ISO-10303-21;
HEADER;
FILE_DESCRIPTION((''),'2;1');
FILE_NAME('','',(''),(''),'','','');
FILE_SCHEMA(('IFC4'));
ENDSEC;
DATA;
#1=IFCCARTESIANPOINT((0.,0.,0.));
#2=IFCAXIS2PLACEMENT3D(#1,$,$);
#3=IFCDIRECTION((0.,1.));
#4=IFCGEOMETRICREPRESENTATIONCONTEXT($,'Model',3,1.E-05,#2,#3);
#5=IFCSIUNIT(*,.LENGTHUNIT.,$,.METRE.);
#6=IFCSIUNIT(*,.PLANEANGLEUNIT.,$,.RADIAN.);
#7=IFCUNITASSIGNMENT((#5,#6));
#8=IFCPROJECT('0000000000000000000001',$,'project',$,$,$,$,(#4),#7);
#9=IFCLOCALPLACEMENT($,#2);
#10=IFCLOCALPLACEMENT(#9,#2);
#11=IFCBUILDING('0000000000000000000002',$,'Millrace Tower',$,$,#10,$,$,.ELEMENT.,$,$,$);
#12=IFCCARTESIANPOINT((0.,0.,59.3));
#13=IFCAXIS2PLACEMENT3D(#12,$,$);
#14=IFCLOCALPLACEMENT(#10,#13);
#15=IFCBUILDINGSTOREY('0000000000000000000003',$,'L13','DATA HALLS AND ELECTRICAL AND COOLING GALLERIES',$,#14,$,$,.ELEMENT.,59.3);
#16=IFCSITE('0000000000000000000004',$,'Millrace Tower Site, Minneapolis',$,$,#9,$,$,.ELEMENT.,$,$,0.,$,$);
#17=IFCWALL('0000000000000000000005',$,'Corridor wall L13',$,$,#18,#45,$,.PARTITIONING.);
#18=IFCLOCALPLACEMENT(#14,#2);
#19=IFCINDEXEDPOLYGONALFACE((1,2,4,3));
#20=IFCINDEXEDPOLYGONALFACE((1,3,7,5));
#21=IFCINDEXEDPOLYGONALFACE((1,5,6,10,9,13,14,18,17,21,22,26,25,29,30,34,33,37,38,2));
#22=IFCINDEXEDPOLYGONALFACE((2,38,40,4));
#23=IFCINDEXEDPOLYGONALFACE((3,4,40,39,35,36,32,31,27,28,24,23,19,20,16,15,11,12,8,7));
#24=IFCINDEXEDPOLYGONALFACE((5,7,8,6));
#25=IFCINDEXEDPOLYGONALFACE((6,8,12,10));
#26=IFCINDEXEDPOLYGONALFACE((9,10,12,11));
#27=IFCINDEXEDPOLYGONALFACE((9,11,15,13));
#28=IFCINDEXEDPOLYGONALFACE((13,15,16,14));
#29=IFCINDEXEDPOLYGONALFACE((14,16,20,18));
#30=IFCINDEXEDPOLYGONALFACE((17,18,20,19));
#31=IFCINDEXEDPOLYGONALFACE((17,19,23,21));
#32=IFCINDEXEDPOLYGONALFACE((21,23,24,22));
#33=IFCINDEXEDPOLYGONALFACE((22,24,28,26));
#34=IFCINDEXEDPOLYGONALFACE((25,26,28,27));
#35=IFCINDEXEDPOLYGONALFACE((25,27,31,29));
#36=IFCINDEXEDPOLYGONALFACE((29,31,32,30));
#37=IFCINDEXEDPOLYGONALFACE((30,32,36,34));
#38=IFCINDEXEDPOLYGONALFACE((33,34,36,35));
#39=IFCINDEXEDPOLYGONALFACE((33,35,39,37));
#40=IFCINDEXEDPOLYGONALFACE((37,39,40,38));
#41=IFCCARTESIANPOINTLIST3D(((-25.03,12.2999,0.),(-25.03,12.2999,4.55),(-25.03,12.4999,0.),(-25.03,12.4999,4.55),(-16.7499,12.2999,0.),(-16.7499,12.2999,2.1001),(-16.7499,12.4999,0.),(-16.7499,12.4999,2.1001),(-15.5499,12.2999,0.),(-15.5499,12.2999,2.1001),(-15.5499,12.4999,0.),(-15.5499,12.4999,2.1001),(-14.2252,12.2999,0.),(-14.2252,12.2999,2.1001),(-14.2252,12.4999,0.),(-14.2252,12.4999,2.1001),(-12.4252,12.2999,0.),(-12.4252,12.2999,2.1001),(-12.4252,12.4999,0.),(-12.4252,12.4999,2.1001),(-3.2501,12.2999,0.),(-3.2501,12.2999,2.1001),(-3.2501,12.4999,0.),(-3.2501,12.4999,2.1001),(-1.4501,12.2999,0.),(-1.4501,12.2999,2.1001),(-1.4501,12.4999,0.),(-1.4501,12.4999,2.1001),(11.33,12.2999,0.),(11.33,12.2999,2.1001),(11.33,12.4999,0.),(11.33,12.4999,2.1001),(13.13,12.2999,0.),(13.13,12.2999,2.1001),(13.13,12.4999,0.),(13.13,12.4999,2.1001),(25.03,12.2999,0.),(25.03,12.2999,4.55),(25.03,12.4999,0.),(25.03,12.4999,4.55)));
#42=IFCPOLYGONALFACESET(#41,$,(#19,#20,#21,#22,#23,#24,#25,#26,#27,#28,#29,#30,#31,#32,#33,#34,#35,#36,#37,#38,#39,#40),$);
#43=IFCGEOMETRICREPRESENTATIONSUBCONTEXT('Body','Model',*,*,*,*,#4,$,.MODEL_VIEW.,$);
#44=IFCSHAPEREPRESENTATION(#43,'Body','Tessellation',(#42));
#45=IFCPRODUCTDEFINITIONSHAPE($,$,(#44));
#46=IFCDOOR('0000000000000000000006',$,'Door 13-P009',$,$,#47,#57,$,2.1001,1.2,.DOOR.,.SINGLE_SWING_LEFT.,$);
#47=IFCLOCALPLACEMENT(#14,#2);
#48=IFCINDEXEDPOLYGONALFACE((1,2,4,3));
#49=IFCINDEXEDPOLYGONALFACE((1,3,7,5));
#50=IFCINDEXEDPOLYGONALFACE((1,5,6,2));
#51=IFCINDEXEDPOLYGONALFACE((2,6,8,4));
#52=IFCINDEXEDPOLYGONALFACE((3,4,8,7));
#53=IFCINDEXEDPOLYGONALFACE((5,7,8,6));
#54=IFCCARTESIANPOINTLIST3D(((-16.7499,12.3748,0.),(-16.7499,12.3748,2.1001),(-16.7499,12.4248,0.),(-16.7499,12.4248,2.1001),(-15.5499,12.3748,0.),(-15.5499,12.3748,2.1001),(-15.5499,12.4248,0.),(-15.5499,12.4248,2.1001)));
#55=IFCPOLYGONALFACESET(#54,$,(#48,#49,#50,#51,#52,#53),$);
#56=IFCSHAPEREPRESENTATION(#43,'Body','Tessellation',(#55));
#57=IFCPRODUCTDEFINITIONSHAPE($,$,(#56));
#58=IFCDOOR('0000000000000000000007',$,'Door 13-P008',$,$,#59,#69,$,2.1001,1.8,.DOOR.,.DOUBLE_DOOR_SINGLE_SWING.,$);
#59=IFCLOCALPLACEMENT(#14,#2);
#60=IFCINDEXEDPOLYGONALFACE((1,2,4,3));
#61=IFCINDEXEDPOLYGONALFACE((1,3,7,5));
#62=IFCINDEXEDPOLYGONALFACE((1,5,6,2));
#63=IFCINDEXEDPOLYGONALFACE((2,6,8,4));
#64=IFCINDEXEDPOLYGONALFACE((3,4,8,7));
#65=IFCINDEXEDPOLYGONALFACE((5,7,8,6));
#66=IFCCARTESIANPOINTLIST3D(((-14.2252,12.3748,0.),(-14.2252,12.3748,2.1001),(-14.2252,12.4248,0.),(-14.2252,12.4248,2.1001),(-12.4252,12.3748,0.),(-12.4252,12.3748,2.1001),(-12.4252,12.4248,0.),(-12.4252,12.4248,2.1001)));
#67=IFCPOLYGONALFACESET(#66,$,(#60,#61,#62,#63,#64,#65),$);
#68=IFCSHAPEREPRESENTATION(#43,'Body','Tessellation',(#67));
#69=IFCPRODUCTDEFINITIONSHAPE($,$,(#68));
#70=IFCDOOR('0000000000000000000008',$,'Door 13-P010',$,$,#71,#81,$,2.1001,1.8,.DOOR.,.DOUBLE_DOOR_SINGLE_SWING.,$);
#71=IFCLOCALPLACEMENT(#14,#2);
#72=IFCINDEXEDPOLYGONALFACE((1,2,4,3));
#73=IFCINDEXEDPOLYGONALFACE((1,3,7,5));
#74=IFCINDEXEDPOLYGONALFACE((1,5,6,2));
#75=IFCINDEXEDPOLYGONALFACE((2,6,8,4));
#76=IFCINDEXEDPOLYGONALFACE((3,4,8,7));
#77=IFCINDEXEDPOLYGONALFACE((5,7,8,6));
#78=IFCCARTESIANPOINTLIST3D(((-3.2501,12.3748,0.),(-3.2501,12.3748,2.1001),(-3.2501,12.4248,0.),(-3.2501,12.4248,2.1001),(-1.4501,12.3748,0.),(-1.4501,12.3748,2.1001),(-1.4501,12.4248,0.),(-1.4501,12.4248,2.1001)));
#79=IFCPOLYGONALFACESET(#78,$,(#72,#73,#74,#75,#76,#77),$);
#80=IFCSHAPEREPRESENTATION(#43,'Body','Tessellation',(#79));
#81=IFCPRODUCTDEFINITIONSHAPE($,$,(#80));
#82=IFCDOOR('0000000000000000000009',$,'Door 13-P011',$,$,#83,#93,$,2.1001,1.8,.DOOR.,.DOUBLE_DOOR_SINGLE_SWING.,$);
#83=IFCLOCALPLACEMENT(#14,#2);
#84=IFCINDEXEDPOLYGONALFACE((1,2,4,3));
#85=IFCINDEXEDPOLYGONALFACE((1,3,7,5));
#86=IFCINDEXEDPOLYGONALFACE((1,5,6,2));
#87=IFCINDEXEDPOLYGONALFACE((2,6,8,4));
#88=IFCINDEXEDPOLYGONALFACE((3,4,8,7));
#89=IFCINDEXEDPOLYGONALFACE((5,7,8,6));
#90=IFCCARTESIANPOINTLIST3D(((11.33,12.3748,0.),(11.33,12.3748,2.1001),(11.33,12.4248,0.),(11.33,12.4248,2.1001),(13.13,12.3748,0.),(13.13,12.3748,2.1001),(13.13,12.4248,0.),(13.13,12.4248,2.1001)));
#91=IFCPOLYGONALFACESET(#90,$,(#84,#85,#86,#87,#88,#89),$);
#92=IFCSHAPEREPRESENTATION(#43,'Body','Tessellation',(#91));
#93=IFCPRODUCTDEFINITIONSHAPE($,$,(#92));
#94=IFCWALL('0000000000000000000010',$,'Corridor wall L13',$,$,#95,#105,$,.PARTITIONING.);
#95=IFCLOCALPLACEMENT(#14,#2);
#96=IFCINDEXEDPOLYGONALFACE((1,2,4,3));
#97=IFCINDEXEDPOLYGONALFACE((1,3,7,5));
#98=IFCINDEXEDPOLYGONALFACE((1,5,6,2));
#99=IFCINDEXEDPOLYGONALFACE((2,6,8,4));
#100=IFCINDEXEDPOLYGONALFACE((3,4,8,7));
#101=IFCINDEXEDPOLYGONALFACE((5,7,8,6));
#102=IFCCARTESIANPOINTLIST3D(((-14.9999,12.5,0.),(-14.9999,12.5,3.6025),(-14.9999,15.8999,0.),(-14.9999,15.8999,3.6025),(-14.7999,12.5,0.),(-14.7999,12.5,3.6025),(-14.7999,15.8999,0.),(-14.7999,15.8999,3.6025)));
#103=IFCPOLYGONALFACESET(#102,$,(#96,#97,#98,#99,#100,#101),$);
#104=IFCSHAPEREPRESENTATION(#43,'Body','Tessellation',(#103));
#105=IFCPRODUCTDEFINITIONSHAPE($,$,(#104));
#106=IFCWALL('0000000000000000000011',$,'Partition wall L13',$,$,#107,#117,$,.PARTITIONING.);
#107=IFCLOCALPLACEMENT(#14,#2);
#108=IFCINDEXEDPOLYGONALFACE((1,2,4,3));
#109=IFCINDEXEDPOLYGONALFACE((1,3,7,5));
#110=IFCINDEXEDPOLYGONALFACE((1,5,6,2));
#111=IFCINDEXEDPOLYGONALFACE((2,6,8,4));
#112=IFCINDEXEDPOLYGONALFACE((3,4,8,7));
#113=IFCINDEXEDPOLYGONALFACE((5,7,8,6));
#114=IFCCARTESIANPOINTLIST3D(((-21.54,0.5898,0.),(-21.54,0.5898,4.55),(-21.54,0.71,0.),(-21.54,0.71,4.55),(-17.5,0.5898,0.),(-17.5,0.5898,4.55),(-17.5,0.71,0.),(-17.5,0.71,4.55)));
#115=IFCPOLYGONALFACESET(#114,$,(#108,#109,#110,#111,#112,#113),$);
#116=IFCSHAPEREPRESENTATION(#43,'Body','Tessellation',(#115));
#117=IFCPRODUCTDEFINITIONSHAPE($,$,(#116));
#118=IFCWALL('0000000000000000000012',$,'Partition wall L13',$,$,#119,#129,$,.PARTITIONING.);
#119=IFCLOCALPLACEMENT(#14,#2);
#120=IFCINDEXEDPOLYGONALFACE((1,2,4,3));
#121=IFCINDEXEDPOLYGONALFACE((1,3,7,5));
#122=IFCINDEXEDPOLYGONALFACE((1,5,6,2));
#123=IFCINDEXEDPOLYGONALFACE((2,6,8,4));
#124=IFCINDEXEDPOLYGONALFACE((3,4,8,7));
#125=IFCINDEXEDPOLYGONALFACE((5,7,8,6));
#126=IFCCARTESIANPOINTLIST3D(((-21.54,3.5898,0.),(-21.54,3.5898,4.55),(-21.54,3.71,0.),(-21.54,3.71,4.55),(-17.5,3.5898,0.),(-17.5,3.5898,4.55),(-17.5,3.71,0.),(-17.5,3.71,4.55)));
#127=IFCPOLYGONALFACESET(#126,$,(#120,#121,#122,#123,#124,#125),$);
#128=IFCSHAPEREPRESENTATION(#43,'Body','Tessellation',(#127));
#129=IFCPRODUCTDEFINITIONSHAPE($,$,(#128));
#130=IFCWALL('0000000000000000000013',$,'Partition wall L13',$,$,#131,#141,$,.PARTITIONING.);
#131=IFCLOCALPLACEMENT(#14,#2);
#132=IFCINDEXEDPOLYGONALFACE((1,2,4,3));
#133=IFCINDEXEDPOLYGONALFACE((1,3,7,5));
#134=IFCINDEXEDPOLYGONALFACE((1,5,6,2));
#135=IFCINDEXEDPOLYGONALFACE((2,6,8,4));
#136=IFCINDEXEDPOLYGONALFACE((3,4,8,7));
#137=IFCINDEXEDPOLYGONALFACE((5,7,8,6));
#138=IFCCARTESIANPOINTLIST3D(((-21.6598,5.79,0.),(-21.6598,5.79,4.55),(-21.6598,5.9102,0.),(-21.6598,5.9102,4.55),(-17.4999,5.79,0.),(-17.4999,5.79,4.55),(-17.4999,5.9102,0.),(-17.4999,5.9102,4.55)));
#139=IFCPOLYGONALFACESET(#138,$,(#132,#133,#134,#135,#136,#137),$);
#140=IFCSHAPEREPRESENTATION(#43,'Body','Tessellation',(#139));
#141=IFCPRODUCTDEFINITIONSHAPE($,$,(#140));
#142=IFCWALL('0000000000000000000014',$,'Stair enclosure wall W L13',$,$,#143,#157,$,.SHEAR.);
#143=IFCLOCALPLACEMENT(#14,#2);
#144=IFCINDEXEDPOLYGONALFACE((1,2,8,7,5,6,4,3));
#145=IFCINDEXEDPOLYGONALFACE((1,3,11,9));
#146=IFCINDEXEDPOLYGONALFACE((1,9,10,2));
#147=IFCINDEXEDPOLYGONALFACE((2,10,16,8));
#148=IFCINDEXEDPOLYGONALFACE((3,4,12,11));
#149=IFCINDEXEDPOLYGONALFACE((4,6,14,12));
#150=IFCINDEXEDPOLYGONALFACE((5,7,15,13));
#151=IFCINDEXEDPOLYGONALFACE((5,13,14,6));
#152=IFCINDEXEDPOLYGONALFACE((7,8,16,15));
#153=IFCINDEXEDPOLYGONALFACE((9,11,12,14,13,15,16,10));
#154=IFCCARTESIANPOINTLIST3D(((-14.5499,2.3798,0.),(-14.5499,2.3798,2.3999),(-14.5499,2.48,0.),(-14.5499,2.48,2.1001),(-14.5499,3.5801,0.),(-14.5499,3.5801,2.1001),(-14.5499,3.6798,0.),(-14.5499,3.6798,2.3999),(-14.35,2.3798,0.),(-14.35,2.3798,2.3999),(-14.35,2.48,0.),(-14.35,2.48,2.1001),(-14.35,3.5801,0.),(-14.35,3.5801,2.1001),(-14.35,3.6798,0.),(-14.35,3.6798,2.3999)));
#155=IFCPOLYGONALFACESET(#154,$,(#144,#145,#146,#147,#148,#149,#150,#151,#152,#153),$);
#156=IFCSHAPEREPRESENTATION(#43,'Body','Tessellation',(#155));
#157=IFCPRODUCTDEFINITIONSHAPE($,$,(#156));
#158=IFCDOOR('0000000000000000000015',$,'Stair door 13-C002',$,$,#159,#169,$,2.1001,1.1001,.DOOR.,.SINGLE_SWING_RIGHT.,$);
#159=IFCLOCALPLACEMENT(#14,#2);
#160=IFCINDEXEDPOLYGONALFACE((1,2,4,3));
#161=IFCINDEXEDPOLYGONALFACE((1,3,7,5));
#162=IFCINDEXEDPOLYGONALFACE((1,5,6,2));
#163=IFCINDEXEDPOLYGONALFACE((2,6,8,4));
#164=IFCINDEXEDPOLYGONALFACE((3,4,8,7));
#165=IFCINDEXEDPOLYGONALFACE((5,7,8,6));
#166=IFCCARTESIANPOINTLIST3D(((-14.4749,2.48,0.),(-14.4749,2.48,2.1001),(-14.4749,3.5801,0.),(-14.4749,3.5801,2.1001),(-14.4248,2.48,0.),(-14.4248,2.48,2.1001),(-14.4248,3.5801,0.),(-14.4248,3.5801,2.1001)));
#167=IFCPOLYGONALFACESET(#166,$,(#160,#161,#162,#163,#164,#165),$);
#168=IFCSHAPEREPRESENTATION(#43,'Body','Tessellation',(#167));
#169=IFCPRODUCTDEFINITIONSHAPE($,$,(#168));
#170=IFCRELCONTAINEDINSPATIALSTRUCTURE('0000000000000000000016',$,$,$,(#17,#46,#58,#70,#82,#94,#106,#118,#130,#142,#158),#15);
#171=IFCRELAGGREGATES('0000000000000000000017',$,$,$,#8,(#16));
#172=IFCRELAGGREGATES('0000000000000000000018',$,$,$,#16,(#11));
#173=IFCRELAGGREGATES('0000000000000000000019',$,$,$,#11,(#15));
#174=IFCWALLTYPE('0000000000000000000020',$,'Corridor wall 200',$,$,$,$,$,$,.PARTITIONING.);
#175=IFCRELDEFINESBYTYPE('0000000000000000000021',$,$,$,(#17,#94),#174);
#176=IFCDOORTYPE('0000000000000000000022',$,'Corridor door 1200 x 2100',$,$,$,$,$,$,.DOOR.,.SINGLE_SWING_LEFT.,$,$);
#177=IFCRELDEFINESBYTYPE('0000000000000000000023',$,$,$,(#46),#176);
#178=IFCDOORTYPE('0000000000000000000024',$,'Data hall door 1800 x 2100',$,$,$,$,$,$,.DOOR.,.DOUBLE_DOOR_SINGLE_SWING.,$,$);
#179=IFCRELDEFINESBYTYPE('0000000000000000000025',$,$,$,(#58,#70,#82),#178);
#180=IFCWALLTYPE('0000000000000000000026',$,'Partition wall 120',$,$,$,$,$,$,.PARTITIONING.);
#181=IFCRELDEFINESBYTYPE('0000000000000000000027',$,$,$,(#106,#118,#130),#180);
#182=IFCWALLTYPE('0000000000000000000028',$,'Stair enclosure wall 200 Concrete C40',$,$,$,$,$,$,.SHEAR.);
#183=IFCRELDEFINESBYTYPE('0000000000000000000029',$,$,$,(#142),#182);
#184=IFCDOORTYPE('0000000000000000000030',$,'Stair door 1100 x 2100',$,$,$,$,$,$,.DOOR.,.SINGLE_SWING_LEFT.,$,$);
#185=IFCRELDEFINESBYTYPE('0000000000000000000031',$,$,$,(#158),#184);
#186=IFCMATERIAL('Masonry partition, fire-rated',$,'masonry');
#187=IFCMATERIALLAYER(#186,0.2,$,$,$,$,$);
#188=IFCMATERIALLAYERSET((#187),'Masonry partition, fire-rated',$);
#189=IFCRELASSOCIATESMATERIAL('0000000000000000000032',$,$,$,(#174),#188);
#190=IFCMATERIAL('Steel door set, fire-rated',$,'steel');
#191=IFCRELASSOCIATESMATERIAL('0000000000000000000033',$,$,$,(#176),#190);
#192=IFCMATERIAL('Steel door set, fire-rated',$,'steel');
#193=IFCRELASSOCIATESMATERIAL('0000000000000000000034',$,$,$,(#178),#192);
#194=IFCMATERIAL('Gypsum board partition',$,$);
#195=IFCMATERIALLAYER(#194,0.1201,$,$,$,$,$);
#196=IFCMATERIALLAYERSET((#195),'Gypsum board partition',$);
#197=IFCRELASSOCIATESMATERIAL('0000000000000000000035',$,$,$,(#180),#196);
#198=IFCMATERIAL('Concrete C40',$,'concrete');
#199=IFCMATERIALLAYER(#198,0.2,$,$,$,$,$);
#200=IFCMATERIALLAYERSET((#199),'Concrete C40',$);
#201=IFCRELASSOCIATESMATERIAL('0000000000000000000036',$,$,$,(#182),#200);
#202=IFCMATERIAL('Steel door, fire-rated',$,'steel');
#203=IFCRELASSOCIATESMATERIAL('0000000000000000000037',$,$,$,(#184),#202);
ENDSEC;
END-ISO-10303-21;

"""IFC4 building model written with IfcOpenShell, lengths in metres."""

from ifc_helpers import new_model, si_unit, direction, frame, frame_2d, origin, place, context, subcontext, project, spatial, rectangle, extrude, material, layer, layer_set, type_object, element, fill, save


model = new_model("IFC4")

# Units and contexts
model_context = context("Model", 3, precision=1e-05, world=origin(), true_north=direction((0.0, 1.0)))
body_context = subcontext(model_context, "Body", "Model", "MODEL_VIEW")
ifc_project = project(units=[si_unit("LENGTHUNIT", "METRE"), si_unit("PLANEANGLEUNIT", "RADIAN")], contexts=[model_context])

# Site, building, storey
site_placement = place(None, origin())
site = spatial("IfcSite", under=ifc_project, at=site_placement, Name="Millrace Tower Site, Minneapolis", CompositionType="ELEMENT", RefElevation=0.0)
building_placement = place(site_placement, origin())
building = spatial("IfcBuilding", under=site, at=building_placement, Name="Millrace Tower", CompositionType="ELEMENT")
storey_placement = place(building_placement, frame((0.0, 0.0, 59.3)))
storey = spatial("IfcBuildingStorey", under=building, at=storey_placement, Name="L13", Description="DATA HALLS AND ELECTRICAL AND COOLING GALLERIES", CompositionType="ELEMENT", Elevation=59.3)

# Wall, openings, doors
ifc_material_1 = material(Name="Masonry partition, fire-rated", Category="masonry")
ifc_layer_1 = layer(ifc_material_1, 0.2)
ifc_layer_set_1 = layer_set([ifc_layer_1], Name="Masonry partition, fire-rated")
wall_type_1 = type_object("IfcWallType", Name="Corridor wall 200", PredefinedType="PARTITIONING", material=ifc_layer_set_1)
wall_1_placement = place(storey_placement, frame((-25.03, 12.3999, 0.0), z_axis=(0.0, 0.0, 1.0), x_axis=(1.0, 0.0, 0.0)))
wall_1 = element("IfcWall", 1, at=wall_1_placement, inside=storey, type_object=wall_type_1, Name="Corridor wall L13", PredefinedType="PARTITIONING", context=body_context, shape_type="SweptSolid", body=[
    extrude(rectangle(XDim=50.0601, YDim=0.2, at=frame_2d((25.03, 0.0))), origin(), (0.0, 0.0, 1.0), 4.55),
])
opening_1_placement = place(wall_1_placement, frame((10.8049, 0.0, 0.0)))
opening_1 = element("IfcOpeningElement", 2, at=opening_1_placement, cuts=wall_1, PredefinedType="OPENING", context=body_context, shape_type="SweptSolid", body=[
    extrude(rectangle(XDim=1.8, YDim=2.1001, at=frame_2d((0.8999, 1.05))), frame((0.0, 0.1099, 0.0), z_axis=(0.0, -1.0, 0.0), x_axis=(1.0, 0.0, 0.0)), (0.0, 0.0, 1.0), 0.22),
])
opening_2_placement = place(wall_1_placement, frame((8.28, 0.0, 0.0)))
opening_2 = element("IfcOpeningElement", 3, at=opening_2_placement, cuts=wall_1, PredefinedType="OPENING", context=body_context, shape_type="SweptSolid", body=[
    extrude(rectangle(XDim=1.2, YDim=2.1001, at=frame_2d((0.6001, 1.05))), frame((0.0, 0.1099, 0.0), z_axis=(0.0, -1.0, 0.0), x_axis=(1.0, 0.0, 0.0)), (0.0, 0.0, 1.0), 0.22),
])
opening_3_placement = place(wall_1_placement, frame((21.78, 0.0, 0.0)))
opening_3 = element("IfcOpeningElement", 4, at=opening_3_placement, cuts=wall_1, PredefinedType="OPENING", context=body_context, shape_type="SweptSolid", body=[
    extrude(rectangle(XDim=1.8, YDim=2.1001, at=frame_2d((0.8999, 1.05))), frame((0.0, 0.1099, 0.0), z_axis=(0.0, -1.0, 0.0), x_axis=(1.0, 0.0, 0.0)), (0.0, 0.0, 1.0), 0.22),
])
opening_4_placement = place(wall_1_placement, frame((36.3601, 0.0, 0.0)))
opening_4 = element("IfcOpeningElement", 5, at=opening_4_placement, cuts=wall_1, PredefinedType="OPENING", context=body_context, shape_type="SweptSolid", body=[
    extrude(rectangle(XDim=1.8, YDim=2.1001, at=frame_2d((0.8999, 1.05))), frame((0.0, 0.1099, 0.0), z_axis=(0.0, -1.0, 0.0), x_axis=(1.0, 0.0, 0.0)), (0.0, 0.0, 1.0), 0.22),
])
ifc_material_2 = material(Name="Steel door set, fire-rated", Category="steel")
door_type_1 = type_object("IfcDoorType", Name="Corridor door 1200 x 2100", OperationType="SINGLE_SWING_LEFT", PredefinedType="DOOR", material=ifc_material_2)
door_1_placement = place(opening_2_placement, origin())
door_1 = element("IfcDoor", 6, at=door_1_placement, inside=storey, type_object=door_type_1, Name="Door 13-P009", OperationType="SINGLE_SWING_LEFT", OverallHeight=2.1001, OverallWidth=1.2, PredefinedType="DOOR", context=body_context, shape_type="SweptSolid", body=[
    extrude(rectangle(XDim=1.2, YDim=2.1001, at=frame_2d((0.6001, 1.05))), frame((0.0, 0.0249, 0.0), z_axis=(0.0, -1.0, 0.0), x_axis=(1.0, 0.0, 0.0)), (0.0, 0.0, 1.0), 0.05),
])
fill(opening_2, door_1)
ifc_material_3 = material(Name="Steel door set, fire-rated", Category="steel")
door_type_2 = type_object("IfcDoorType", Name="Data hall door 1800 x 2100", OperationType="DOUBLE_DOOR_SINGLE_SWING", PredefinedType="DOOR", material=ifc_material_3)
door_2_placement = place(opening_1_placement, origin())
door_2 = element("IfcDoor", 7, at=door_2_placement, inside=storey, type_object=door_type_2, Name="Door 13-P008", OperationType="DOUBLE_DOOR_SINGLE_SWING", OverallHeight=2.1001, OverallWidth=1.8, PredefinedType="DOOR", context=body_context, shape_type="SweptSolid", body=[
    extrude(rectangle(XDim=1.8, YDim=2.1001, at=frame_2d((0.8999, 1.05))), frame((0.0, 0.0249, 0.0), z_axis=(0.0, -1.0, 0.0), x_axis=(1.0, 0.0, 0.0)), (0.0, 0.0, 1.0), 0.05),
])
fill(opening_1, door_2)
door_3_placement = place(opening_3_placement, origin())
door_3 = element("IfcDoor", 8, at=door_3_placement, inside=storey, type_object=door_type_2, Name="Door 13-P010", OperationType="DOUBLE_DOOR_SINGLE_SWING", OverallHeight=2.1001, OverallWidth=1.8, PredefinedType="DOOR", context=body_context, shape_type="SweptSolid", body=[
    extrude(rectangle(XDim=1.8, YDim=2.1001, at=frame_2d((0.8999, 1.05))), frame((0.0, 0.0249, 0.0), z_axis=(0.0, -1.0, 0.0), x_axis=(1.0, 0.0, 0.0)), (0.0, 0.0, 1.0), 0.05),
])
fill(opening_3, door_3)
door_4_placement = place(opening_4_placement, origin())
door_4 = element("IfcDoor", 9, at=door_4_placement, inside=storey, type_object=door_type_2, Name="Door 13-P011", OperationType="DOUBLE_DOOR_SINGLE_SWING", OverallHeight=2.1001, OverallWidth=1.8, PredefinedType="DOOR", context=body_context, shape_type="SweptSolid", body=[
    extrude(rectangle(XDim=1.8, YDim=2.1001, at=frame_2d((0.8999, 1.05))), frame((0.0, 0.0249, 0.0), z_axis=(0.0, -1.0, 0.0), x_axis=(1.0, 0.0, 0.0)), (0.0, 0.0, 1.0), 0.05),
])
fill(opening_4, door_4)

# Walls
wall_2_placement = place(storey_placement, frame((-14.8999, 12.5, 0.0), z_axis=(0.0, 0.0, 1.0), x_axis=(0.0, 1.0, 0.0)))
element("IfcWall", 10, at=wall_2_placement, inside=storey, type_object=wall_type_1, Name="Corridor wall L13", PredefinedType="PARTITIONING", context=body_context, shape_type="SweptSolid", body=[
    extrude(rectangle(XDim=3.3999, YDim=0.2, at=frame_2d((1.7, 0.0))), origin(), (0.0, 0.0, 1.0), 3.6025),
])
ifc_material_4 = material(Name="Gypsum board partition")
ifc_layer_2 = layer(ifc_material_4, 0.1201)
ifc_layer_set_2 = layer_set([ifc_layer_2], Name="Gypsum board partition")
wall_type_2 = type_object("IfcWallType", Name="Partition wall 120", PredefinedType="PARTITIONING", material=ifc_layer_set_2)
for number, where, z_axis, x_axis, name in (
    (11, (-21.54, 0.6499, 0.0), (0.0, 0.0, 1.0), (1.0, 0.0, 0.0), "Partition wall L13"),
    (12, (-21.54, 3.6499, 0.0), (0.0, 0.0, 1.0), (1.0, 0.0, 0.0), "Partition wall L13"),
):
    element("IfcWall", number, at=place(storey_placement, frame(where, z_axis=z_axis, x_axis=x_axis)), inside=storey, type_object=wall_type_2, Name=name, PredefinedType="PARTITIONING", context=body_context, shape_type="SweptSolid", body=[
        extrude(rectangle(XDim=4.04, YDim=0.1201, at=frame_2d((2.02, 0.0))), origin(), (0.0, 0.0, 1.0), 4.55),
    ])
wall_3_placement = place(storey_placement, frame((-21.6599, 5.8501, 0.0), z_axis=(0.0, 0.0, 1.0), x_axis=(1.0, 0.0, 0.0)))
element("IfcWall", 13, at=wall_3_placement, inside=storey, type_object=wall_type_2, Name="Partition wall L13", PredefinedType="PARTITIONING", context=body_context, shape_type="SweptSolid", body=[
    extrude(rectangle(XDim=4.1599, YDim=0.1201, at=frame_2d((2.0801, 0.0))), origin(), (0.0, 0.0, 1.0), 4.55),
])

# Wall, opening, door
ifc_material_5 = material(Name="Concrete C40", Category="concrete")
ifc_layer_3 = layer(ifc_material_5, 0.2)
ifc_layer_set_3 = layer_set([ifc_layer_3], Name="Concrete C40")
wall_type_3 = type_object("IfcWallType", Name="Stair enclosure wall 200 Concrete C40", PredefinedType="SHEAR", material=ifc_layer_set_3)
wall_4_placement = place(storey_placement, frame((-14.45, 2.3799, 0.0), z_axis=(0.0, 0.0, 1.0), x_axis=(0.0, 1.0, 0.0)))
wall_4 = element("IfcWall", 14, at=wall_4_placement, inside=storey, type_object=wall_type_3, Name="Stair enclosure wall W L13", PredefinedType="SHEAR", context=body_context, shape_type="SweptSolid", body=[
    extrude(rectangle(XDim=1.3, YDim=0.2, at=frame_2d((0.6499, 0.0))), origin(), (0.0, 0.0, 1.0), 2.3999),
])
opening_5_placement = place(wall_4_placement, frame((0.1001, 0.0, 0.0)))
opening_5 = element("IfcOpeningElement", 15, at=opening_5_placement, cuts=wall_4, PredefinedType="OPENING", context=body_context, shape_type="SweptSolid", body=[
    extrude(rectangle(XDim=1.1001, YDim=2.1001, at=frame_2d((0.55, 1.05))), frame((0.0, 0.1099, 0.0), z_axis=(0.0, -1.0, 0.0), x_axis=(1.0, 0.0, 0.0)), (0.0, 0.0, 1.0), 0.22),
])
ifc_material_6 = material(Name="Steel door, fire-rated", Category="steel")
door_type_3 = type_object("IfcDoorType", Name="Stair door 1100 x 2100", OperationType="SINGLE_SWING_LEFT", PredefinedType="DOOR", material=ifc_material_6)
door_5_placement = place(opening_5_placement, origin())
door_5 = element("IfcDoor", 16, at=door_5_placement, inside=storey, type_object=door_type_3, Name="Stair door 13-C002", OperationType="SINGLE_SWING_RIGHT", OverallHeight=2.1001, OverallWidth=1.1001, PredefinedType="DOOR", context=body_context, shape_type="SweptSolid", body=[
    extrude(rectangle(XDim=1.1001, YDim=2.1001, at=frame_2d((0.55, 1.05))), frame((0.0, 0.0249, 0.0), z_axis=(0.0, -1.0, 0.0), x_axis=(1.0, 0.0, 0.0)), (0.0, 0.0, 1.0), 0.05),
])
fill(opening_5, door_5)

save(model, "model.ifc")
